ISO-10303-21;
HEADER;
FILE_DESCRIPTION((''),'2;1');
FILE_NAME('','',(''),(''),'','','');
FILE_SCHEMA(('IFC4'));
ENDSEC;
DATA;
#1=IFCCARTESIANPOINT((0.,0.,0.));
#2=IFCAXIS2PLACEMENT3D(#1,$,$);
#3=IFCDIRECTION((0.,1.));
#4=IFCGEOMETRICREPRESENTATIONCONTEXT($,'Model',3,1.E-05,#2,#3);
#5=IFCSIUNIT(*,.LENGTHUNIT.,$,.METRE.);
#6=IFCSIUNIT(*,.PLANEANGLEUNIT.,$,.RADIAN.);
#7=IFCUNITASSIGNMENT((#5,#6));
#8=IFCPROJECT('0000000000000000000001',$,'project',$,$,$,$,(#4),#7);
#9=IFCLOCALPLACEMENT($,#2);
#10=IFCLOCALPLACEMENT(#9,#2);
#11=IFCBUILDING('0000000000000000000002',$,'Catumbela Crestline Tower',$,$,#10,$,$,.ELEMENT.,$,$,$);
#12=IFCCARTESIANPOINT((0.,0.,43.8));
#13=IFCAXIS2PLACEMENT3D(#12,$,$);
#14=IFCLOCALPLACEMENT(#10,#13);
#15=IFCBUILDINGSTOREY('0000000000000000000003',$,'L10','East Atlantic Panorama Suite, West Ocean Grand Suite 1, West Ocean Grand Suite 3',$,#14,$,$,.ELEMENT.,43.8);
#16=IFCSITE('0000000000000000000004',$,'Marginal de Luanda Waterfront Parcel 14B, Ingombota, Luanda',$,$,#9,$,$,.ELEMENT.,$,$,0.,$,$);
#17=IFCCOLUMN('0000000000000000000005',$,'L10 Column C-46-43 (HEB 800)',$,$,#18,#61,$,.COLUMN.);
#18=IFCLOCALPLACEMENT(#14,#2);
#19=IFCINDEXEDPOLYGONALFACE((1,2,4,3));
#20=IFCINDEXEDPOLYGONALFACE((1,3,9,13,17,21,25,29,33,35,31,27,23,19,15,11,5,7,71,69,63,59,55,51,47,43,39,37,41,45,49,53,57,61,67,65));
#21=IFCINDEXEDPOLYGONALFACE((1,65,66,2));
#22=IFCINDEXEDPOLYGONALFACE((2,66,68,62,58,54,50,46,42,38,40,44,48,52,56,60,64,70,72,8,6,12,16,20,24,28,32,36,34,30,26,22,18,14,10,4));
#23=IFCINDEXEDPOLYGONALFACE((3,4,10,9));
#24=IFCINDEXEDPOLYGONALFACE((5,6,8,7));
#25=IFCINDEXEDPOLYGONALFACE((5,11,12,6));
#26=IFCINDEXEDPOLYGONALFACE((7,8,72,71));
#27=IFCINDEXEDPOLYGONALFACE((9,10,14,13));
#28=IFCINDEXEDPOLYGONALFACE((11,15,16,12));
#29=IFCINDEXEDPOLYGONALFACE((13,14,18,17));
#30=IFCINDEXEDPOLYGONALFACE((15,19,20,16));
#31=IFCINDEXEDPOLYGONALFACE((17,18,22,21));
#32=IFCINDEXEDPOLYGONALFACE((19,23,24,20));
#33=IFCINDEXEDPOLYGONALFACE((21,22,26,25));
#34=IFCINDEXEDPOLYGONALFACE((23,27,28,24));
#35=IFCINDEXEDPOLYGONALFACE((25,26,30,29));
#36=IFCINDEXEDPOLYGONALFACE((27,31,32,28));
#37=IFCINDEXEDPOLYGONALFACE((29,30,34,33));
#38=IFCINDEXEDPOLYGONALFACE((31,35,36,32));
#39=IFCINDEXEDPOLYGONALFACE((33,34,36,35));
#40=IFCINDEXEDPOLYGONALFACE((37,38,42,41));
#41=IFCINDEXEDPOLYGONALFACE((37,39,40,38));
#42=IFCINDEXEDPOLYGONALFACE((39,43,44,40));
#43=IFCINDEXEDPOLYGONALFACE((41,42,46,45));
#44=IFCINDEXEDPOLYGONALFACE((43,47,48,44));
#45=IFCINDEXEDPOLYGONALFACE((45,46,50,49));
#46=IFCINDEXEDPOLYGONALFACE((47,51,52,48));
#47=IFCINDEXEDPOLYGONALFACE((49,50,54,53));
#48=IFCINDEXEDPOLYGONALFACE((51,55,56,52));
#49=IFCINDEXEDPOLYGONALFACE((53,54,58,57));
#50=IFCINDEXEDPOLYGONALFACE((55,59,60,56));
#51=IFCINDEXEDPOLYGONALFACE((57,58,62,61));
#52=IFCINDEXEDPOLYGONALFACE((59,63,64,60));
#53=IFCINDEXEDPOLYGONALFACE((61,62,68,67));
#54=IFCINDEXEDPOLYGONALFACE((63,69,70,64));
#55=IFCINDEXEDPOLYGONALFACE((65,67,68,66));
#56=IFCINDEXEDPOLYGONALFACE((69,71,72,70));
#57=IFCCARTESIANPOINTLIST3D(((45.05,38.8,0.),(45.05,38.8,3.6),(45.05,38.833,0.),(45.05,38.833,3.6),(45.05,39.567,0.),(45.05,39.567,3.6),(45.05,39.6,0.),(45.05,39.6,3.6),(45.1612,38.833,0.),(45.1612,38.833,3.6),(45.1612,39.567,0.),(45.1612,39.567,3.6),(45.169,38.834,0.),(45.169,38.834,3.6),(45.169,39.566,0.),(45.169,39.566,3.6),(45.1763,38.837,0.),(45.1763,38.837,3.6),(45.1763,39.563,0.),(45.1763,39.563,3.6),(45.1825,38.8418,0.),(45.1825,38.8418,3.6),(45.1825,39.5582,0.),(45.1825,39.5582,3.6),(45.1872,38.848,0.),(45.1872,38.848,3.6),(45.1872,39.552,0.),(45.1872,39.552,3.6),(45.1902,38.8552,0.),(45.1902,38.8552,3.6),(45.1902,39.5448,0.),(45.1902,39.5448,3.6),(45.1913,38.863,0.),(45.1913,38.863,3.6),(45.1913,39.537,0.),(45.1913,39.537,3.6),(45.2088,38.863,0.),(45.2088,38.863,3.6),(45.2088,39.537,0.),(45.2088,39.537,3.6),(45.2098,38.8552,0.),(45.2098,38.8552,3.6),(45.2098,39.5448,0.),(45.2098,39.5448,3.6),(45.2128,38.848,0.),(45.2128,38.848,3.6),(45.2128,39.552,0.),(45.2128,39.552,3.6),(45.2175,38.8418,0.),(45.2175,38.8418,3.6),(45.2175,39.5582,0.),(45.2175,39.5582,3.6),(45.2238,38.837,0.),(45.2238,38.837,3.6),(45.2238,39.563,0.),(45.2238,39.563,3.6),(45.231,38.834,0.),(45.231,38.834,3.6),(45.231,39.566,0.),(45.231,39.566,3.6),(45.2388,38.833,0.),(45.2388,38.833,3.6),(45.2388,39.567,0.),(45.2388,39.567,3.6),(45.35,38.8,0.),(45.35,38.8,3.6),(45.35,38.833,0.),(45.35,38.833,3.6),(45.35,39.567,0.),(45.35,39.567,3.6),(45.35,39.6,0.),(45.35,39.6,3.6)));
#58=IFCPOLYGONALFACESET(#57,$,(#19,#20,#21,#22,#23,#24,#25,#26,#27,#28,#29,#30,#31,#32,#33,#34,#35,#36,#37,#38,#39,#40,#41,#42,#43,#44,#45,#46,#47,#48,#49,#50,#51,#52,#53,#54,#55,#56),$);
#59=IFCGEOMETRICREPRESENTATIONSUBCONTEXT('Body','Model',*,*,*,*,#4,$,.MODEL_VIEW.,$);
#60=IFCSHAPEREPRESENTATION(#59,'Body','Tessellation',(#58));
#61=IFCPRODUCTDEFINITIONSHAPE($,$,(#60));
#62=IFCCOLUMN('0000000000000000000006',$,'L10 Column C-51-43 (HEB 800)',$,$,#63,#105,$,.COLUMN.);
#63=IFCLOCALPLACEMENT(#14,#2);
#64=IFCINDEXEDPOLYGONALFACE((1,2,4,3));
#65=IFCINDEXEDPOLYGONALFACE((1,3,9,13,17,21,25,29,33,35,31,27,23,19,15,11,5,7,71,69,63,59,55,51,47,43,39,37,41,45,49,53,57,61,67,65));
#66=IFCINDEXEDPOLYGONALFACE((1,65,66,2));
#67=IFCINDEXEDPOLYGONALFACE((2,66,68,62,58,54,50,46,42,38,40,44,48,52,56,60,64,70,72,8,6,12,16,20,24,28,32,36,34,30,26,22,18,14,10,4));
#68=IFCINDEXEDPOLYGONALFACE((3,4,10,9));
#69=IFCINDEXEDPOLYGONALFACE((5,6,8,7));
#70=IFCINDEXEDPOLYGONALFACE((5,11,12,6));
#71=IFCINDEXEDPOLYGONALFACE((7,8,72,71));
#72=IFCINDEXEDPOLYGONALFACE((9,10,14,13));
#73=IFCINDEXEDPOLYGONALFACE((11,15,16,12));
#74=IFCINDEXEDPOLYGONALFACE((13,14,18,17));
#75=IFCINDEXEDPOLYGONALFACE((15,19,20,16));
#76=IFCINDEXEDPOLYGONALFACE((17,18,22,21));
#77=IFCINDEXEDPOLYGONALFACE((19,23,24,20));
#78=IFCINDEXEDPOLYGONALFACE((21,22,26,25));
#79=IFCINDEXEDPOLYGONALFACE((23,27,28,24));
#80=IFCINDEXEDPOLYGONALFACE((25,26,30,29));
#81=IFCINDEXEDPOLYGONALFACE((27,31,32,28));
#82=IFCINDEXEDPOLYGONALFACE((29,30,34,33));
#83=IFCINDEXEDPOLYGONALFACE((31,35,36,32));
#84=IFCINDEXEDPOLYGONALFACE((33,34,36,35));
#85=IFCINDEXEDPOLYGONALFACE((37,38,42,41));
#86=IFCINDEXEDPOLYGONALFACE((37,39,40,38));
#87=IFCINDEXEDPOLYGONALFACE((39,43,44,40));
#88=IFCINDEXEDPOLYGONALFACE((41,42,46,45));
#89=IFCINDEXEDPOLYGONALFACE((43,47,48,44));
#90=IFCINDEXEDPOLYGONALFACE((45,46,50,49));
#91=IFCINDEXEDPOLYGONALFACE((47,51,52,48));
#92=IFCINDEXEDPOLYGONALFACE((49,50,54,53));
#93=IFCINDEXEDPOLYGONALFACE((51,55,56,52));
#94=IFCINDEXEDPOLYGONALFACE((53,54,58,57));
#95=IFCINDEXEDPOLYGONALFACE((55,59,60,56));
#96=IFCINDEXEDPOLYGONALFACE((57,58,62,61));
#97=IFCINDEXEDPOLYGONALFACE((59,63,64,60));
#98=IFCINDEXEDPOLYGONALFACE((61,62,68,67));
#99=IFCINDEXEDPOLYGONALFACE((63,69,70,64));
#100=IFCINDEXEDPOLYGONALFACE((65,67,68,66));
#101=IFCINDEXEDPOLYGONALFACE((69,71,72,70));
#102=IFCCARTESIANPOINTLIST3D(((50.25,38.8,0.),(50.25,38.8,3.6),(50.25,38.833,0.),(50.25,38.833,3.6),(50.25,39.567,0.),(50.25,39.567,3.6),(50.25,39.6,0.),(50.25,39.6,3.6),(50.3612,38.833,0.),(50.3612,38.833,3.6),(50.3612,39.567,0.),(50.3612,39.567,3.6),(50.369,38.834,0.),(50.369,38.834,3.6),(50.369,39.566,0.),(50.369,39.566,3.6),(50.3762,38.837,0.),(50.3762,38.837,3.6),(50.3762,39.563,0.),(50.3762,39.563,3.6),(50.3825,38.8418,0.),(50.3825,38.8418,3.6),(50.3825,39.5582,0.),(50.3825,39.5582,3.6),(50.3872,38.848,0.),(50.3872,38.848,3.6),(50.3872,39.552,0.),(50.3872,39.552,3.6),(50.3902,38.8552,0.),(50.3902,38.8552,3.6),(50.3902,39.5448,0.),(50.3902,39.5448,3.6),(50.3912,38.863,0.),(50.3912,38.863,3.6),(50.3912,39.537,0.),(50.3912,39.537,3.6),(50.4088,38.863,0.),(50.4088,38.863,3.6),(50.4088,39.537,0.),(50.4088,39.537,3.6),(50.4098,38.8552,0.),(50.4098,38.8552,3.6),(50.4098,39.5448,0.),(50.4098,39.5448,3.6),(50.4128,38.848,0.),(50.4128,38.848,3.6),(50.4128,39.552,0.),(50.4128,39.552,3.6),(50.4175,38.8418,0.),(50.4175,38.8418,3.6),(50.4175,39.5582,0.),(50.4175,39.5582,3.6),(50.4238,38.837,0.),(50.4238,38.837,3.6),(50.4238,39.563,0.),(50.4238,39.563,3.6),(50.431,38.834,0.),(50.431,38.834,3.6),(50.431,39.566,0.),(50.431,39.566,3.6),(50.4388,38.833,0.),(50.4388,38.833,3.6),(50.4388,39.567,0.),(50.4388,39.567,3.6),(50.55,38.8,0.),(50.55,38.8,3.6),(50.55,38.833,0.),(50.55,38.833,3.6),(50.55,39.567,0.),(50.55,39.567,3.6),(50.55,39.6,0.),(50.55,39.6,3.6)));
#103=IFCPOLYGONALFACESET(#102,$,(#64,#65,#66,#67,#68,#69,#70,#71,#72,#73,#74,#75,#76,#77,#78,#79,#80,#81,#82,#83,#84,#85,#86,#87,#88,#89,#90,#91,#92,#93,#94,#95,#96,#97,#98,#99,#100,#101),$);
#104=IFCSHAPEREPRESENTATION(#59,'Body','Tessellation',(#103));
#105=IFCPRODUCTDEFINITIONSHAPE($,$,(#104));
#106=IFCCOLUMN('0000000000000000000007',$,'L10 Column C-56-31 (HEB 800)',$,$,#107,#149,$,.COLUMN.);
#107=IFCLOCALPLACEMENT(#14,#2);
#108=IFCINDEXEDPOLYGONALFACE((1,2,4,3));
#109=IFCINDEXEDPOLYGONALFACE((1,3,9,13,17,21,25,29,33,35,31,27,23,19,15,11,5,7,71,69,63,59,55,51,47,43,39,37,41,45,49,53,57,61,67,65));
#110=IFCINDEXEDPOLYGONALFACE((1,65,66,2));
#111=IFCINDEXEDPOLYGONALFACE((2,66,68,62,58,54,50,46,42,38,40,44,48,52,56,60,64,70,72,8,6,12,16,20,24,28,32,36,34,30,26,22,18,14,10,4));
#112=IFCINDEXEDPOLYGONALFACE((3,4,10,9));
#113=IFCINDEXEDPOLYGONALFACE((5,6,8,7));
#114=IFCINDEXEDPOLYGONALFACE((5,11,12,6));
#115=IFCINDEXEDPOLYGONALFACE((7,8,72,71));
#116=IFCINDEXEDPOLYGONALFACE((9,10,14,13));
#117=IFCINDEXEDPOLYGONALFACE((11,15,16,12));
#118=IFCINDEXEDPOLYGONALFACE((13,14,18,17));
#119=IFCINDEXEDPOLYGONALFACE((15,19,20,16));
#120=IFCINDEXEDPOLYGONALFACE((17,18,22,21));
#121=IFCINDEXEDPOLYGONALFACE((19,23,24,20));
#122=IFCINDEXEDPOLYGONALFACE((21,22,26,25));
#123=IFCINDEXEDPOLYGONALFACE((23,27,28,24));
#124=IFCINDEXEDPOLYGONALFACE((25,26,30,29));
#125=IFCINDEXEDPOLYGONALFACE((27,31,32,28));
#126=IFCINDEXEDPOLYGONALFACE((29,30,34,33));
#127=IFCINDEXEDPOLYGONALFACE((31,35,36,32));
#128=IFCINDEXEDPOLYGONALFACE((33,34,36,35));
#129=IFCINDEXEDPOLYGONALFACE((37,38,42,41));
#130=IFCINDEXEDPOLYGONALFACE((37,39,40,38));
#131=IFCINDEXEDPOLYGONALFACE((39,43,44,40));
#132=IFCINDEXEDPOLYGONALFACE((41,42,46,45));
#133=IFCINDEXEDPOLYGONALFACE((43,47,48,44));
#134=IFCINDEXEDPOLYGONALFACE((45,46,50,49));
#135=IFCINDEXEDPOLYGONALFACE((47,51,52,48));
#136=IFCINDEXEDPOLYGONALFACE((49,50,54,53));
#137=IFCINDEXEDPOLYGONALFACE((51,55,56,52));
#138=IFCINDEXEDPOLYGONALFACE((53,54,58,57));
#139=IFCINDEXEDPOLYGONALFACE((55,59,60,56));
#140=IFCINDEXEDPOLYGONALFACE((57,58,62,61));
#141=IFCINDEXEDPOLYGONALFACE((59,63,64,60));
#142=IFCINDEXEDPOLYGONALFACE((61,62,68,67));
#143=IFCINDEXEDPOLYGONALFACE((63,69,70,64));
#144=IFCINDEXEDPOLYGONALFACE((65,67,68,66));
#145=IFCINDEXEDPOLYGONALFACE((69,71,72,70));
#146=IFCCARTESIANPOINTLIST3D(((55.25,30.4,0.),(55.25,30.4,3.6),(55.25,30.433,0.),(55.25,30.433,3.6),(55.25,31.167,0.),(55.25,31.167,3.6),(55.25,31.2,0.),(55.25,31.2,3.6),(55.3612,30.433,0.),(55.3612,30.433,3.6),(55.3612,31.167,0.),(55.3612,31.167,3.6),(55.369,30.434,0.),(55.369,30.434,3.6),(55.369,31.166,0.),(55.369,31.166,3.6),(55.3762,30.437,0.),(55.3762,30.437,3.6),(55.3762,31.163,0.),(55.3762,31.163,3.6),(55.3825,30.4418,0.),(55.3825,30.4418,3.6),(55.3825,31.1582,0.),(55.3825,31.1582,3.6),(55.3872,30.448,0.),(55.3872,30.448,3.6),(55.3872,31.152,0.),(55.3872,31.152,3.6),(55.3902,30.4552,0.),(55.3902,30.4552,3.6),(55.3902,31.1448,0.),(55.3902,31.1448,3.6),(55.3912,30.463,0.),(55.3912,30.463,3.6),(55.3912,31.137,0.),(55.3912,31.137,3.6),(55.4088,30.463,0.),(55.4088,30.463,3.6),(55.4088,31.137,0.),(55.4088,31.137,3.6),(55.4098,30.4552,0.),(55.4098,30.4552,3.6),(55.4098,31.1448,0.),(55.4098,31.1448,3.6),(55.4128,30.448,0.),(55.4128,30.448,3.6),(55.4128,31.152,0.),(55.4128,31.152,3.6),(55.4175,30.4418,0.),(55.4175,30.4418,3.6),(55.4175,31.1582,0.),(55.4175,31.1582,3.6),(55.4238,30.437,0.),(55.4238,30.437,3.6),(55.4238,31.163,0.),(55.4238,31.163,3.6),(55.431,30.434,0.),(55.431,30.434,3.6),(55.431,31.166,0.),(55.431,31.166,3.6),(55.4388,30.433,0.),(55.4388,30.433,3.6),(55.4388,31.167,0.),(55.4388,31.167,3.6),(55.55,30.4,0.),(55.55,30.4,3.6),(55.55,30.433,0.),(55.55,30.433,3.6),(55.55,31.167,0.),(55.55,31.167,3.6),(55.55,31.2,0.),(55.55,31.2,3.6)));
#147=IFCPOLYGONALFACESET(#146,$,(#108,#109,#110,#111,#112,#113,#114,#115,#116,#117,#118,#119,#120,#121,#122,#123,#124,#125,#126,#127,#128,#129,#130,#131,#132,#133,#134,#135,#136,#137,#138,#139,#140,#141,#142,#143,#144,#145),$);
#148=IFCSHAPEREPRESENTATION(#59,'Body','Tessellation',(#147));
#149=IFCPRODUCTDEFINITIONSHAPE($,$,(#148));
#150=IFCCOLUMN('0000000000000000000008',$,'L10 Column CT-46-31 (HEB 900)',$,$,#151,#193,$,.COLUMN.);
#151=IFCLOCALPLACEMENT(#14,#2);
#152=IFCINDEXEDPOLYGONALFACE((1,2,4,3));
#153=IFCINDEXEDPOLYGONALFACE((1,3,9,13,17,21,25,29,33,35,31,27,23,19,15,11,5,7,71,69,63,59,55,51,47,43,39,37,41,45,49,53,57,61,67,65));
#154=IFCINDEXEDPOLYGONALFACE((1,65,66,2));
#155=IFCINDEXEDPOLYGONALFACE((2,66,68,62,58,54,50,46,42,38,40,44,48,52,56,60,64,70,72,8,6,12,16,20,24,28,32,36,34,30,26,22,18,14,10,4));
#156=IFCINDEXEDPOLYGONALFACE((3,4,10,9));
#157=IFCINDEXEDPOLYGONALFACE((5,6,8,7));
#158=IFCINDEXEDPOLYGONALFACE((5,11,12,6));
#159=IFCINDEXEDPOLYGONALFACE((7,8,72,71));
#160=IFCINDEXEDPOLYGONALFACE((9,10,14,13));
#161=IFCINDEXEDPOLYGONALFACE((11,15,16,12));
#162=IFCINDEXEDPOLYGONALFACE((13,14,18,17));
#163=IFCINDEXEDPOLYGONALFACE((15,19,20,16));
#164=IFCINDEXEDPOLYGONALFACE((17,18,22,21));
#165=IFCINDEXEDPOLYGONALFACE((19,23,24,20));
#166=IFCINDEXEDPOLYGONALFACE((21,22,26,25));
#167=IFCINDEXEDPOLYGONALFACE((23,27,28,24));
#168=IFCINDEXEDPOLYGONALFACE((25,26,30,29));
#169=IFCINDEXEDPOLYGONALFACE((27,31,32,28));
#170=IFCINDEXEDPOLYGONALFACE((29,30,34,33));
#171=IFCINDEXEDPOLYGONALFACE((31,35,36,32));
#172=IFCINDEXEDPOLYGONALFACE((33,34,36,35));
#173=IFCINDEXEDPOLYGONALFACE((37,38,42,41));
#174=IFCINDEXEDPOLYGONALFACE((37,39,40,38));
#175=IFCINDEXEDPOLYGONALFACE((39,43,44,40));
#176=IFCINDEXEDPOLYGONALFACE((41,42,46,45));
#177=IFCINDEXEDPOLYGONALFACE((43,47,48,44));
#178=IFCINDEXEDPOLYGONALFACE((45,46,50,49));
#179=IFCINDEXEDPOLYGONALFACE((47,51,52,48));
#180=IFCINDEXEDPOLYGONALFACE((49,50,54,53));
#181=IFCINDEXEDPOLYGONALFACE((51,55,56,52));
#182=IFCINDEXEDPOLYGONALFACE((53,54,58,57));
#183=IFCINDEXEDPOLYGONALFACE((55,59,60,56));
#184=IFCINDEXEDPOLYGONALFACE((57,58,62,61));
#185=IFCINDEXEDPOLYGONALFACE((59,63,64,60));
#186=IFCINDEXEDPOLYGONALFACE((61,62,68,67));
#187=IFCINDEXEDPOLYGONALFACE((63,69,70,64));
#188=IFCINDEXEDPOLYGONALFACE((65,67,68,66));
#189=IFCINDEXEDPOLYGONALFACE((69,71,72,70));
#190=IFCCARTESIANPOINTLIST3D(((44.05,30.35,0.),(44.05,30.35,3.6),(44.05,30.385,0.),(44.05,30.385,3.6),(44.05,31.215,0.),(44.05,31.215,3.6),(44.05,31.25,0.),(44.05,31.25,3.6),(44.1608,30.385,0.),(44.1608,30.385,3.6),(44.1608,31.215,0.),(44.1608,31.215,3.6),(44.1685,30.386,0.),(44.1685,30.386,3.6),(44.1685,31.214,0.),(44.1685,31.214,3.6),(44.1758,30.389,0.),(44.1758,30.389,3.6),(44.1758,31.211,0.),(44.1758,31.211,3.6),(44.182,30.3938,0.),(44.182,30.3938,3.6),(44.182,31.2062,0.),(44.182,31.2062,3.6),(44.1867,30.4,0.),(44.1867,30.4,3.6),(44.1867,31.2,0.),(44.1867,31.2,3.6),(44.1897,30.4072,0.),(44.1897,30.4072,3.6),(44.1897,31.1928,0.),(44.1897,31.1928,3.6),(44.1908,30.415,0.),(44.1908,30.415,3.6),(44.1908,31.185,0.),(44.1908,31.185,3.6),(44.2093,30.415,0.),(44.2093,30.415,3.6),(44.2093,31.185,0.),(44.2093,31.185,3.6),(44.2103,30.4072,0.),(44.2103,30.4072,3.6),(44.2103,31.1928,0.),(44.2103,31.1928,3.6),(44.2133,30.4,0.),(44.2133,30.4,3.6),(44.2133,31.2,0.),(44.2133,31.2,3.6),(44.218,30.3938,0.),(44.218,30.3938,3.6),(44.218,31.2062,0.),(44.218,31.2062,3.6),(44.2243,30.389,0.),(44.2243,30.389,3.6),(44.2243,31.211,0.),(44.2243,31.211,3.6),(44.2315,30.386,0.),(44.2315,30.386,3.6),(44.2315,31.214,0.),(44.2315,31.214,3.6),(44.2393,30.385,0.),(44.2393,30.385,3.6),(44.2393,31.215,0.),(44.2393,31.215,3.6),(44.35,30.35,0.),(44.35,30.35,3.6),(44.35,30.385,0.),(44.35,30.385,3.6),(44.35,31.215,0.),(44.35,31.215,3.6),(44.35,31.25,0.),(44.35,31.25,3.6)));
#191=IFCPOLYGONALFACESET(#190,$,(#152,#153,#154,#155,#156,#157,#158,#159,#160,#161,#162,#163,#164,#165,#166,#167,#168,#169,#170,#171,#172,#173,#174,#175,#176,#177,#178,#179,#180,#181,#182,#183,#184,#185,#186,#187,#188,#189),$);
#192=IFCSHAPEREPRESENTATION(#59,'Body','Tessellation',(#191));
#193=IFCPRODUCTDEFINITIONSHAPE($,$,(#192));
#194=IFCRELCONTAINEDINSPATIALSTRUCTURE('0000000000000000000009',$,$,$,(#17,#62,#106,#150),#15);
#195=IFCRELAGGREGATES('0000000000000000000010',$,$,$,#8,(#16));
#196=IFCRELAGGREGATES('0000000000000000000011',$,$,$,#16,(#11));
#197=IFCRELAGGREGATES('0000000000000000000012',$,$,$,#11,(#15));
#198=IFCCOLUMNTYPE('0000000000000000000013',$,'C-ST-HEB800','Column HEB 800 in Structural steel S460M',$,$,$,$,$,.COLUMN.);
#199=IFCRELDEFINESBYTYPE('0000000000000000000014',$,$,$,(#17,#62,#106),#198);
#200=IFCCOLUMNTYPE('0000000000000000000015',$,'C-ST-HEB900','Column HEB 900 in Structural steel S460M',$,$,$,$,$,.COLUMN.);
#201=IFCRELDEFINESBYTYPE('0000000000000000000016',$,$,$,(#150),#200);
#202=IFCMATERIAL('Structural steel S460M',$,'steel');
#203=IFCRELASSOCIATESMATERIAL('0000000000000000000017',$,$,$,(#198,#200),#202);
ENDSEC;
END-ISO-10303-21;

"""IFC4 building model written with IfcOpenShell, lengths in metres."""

from ifc_helpers import new_model, si_unit, direction, frame, origin, origin_2d, place, context, subcontext, project, spatial, i_section, extrude, material, material_profile, profile_set, type_object, element, save


model = new_model("IFC4")

# Units and contexts
model_context = context("Model", 3, precision=1e-05, world=origin(), true_north=direction((0.0, 1.0)))
body_context = subcontext(model_context, "Body", "Model", "MODEL_VIEW")
ifc_project = project(units=[si_unit("LENGTHUNIT", "METRE"), si_unit("PLANEANGLEUNIT", "RADIAN")], contexts=[model_context])

# Site, building, storey
site_placement = place(None, origin())
site = spatial("IfcSite", under=ifc_project, at=site_placement, Name="Marginal de Luanda Waterfront Parcel 14B, Ingombota, Luanda", CompositionType="ELEMENT", RefElevation=0.0)
building_placement = place(site_placement, origin())
building = spatial("IfcBuilding", under=site, at=building_placement, Name="Catumbela Crestline Tower", CompositionType="ELEMENT")
storey_placement = place(building_placement, frame((0.0, 0.0, 43.8)))
storey = spatial("IfcBuildingStorey", under=building, at=storey_placement, Name="L10", Description="East Atlantic Panorama Suite, West Ocean Grand Suite 1, West Ocean Grand Suite 3", CompositionType="ELEMENT", Elevation=43.8)

# Columns
ifc_material_1 = material(Name="Structural steel S460M", Category="steel")
ifc_material_profile_1 = material_profile(ifc_material_1, i_section(OverallWidth=0.3, OverallDepth=0.8, WebThickness=0.0175, FlangeThickness=0.033, FilletRadius=0.03, at=origin_2d()), Name="HEB 800")
ifc_profile_set_1 = profile_set([ifc_material_profile_1], Name="Structural steel S460M")
column_type_1 = type_object("IfcColumnType", Name="C-ST-HEB800", Description="Column HEB 800 in Structural steel S460M", PredefinedType="COLUMN", material=ifc_profile_set_1)
for number, where, z_axis, x_axis, name in (
    (1, (45.2, 39.2, 0.0), (0.0, 0.0, 1.0), (1.0, 0.0, 0.0), "L10 Column C-46-43 (HEB 800)"),
    (2, (50.4, 39.2, 0.0), (0.0, 0.0, 1.0), (1.0, 0.0, 0.0), "L10 Column C-51-43 (HEB 800)"),
    (3, (55.4, 30.8, 0.0), (0.0, 0.0, 1.0), (1.0, 0.0, 0.0), "L10 Column C-56-31 (HEB 800)"),
):
    element("IfcColumn", number, at=place(storey_placement, frame(where, z_axis=z_axis, x_axis=x_axis)), inside=storey, type_object=column_type_1, Name=name, PredefinedType="COLUMN", context=body_context, shape_type="SweptSolid", body=[
        extrude(i_section(OverallWidth=0.3, OverallDepth=0.8, WebThickness=0.0175, FlangeThickness=0.033, FilletRadius=0.03, at=origin_2d()), origin(), (0.0, 0.0, 1.0), 3.6),
    ])
ifc_material_profile_2 = material_profile(ifc_material_1, i_section(OverallWidth=0.3, OverallDepth=0.9, WebThickness=0.0185, FlangeThickness=0.035, FilletRadius=0.03, at=origin_2d()), Name="HEB 900")
ifc_profile_set_2 = profile_set([ifc_material_profile_2], Name="Structural steel S460M")
column_type_2 = type_object("IfcColumnType", Name="C-ST-HEB900", Description="Column HEB 900 in Structural steel S460M", PredefinedType="COLUMN", material=ifc_profile_set_2)
for number, where, z_axis, x_axis, name in (
    (4, (44.2, 30.8, 0.0), (0.0, 0.0, 1.0), (1.0, 0.0, 0.0), "L10 Column CT-46-31 (HEB 900)"),
):
    element("IfcColumn", number, at=place(storey_placement, frame(where, z_axis=z_axis, x_axis=x_axis)), inside=storey, type_object=column_type_2, Name=name, PredefinedType="COLUMN", context=body_context, shape_type="SweptSolid", body=[
        extrude(i_section(OverallWidth=0.3, OverallDepth=0.9, WebThickness=0.0185, FlangeThickness=0.035, FilletRadius=0.03, at=origin_2d()), origin(), (0.0, 0.0, 1.0), 3.6),
    ])

save(model, "model.ifc")
